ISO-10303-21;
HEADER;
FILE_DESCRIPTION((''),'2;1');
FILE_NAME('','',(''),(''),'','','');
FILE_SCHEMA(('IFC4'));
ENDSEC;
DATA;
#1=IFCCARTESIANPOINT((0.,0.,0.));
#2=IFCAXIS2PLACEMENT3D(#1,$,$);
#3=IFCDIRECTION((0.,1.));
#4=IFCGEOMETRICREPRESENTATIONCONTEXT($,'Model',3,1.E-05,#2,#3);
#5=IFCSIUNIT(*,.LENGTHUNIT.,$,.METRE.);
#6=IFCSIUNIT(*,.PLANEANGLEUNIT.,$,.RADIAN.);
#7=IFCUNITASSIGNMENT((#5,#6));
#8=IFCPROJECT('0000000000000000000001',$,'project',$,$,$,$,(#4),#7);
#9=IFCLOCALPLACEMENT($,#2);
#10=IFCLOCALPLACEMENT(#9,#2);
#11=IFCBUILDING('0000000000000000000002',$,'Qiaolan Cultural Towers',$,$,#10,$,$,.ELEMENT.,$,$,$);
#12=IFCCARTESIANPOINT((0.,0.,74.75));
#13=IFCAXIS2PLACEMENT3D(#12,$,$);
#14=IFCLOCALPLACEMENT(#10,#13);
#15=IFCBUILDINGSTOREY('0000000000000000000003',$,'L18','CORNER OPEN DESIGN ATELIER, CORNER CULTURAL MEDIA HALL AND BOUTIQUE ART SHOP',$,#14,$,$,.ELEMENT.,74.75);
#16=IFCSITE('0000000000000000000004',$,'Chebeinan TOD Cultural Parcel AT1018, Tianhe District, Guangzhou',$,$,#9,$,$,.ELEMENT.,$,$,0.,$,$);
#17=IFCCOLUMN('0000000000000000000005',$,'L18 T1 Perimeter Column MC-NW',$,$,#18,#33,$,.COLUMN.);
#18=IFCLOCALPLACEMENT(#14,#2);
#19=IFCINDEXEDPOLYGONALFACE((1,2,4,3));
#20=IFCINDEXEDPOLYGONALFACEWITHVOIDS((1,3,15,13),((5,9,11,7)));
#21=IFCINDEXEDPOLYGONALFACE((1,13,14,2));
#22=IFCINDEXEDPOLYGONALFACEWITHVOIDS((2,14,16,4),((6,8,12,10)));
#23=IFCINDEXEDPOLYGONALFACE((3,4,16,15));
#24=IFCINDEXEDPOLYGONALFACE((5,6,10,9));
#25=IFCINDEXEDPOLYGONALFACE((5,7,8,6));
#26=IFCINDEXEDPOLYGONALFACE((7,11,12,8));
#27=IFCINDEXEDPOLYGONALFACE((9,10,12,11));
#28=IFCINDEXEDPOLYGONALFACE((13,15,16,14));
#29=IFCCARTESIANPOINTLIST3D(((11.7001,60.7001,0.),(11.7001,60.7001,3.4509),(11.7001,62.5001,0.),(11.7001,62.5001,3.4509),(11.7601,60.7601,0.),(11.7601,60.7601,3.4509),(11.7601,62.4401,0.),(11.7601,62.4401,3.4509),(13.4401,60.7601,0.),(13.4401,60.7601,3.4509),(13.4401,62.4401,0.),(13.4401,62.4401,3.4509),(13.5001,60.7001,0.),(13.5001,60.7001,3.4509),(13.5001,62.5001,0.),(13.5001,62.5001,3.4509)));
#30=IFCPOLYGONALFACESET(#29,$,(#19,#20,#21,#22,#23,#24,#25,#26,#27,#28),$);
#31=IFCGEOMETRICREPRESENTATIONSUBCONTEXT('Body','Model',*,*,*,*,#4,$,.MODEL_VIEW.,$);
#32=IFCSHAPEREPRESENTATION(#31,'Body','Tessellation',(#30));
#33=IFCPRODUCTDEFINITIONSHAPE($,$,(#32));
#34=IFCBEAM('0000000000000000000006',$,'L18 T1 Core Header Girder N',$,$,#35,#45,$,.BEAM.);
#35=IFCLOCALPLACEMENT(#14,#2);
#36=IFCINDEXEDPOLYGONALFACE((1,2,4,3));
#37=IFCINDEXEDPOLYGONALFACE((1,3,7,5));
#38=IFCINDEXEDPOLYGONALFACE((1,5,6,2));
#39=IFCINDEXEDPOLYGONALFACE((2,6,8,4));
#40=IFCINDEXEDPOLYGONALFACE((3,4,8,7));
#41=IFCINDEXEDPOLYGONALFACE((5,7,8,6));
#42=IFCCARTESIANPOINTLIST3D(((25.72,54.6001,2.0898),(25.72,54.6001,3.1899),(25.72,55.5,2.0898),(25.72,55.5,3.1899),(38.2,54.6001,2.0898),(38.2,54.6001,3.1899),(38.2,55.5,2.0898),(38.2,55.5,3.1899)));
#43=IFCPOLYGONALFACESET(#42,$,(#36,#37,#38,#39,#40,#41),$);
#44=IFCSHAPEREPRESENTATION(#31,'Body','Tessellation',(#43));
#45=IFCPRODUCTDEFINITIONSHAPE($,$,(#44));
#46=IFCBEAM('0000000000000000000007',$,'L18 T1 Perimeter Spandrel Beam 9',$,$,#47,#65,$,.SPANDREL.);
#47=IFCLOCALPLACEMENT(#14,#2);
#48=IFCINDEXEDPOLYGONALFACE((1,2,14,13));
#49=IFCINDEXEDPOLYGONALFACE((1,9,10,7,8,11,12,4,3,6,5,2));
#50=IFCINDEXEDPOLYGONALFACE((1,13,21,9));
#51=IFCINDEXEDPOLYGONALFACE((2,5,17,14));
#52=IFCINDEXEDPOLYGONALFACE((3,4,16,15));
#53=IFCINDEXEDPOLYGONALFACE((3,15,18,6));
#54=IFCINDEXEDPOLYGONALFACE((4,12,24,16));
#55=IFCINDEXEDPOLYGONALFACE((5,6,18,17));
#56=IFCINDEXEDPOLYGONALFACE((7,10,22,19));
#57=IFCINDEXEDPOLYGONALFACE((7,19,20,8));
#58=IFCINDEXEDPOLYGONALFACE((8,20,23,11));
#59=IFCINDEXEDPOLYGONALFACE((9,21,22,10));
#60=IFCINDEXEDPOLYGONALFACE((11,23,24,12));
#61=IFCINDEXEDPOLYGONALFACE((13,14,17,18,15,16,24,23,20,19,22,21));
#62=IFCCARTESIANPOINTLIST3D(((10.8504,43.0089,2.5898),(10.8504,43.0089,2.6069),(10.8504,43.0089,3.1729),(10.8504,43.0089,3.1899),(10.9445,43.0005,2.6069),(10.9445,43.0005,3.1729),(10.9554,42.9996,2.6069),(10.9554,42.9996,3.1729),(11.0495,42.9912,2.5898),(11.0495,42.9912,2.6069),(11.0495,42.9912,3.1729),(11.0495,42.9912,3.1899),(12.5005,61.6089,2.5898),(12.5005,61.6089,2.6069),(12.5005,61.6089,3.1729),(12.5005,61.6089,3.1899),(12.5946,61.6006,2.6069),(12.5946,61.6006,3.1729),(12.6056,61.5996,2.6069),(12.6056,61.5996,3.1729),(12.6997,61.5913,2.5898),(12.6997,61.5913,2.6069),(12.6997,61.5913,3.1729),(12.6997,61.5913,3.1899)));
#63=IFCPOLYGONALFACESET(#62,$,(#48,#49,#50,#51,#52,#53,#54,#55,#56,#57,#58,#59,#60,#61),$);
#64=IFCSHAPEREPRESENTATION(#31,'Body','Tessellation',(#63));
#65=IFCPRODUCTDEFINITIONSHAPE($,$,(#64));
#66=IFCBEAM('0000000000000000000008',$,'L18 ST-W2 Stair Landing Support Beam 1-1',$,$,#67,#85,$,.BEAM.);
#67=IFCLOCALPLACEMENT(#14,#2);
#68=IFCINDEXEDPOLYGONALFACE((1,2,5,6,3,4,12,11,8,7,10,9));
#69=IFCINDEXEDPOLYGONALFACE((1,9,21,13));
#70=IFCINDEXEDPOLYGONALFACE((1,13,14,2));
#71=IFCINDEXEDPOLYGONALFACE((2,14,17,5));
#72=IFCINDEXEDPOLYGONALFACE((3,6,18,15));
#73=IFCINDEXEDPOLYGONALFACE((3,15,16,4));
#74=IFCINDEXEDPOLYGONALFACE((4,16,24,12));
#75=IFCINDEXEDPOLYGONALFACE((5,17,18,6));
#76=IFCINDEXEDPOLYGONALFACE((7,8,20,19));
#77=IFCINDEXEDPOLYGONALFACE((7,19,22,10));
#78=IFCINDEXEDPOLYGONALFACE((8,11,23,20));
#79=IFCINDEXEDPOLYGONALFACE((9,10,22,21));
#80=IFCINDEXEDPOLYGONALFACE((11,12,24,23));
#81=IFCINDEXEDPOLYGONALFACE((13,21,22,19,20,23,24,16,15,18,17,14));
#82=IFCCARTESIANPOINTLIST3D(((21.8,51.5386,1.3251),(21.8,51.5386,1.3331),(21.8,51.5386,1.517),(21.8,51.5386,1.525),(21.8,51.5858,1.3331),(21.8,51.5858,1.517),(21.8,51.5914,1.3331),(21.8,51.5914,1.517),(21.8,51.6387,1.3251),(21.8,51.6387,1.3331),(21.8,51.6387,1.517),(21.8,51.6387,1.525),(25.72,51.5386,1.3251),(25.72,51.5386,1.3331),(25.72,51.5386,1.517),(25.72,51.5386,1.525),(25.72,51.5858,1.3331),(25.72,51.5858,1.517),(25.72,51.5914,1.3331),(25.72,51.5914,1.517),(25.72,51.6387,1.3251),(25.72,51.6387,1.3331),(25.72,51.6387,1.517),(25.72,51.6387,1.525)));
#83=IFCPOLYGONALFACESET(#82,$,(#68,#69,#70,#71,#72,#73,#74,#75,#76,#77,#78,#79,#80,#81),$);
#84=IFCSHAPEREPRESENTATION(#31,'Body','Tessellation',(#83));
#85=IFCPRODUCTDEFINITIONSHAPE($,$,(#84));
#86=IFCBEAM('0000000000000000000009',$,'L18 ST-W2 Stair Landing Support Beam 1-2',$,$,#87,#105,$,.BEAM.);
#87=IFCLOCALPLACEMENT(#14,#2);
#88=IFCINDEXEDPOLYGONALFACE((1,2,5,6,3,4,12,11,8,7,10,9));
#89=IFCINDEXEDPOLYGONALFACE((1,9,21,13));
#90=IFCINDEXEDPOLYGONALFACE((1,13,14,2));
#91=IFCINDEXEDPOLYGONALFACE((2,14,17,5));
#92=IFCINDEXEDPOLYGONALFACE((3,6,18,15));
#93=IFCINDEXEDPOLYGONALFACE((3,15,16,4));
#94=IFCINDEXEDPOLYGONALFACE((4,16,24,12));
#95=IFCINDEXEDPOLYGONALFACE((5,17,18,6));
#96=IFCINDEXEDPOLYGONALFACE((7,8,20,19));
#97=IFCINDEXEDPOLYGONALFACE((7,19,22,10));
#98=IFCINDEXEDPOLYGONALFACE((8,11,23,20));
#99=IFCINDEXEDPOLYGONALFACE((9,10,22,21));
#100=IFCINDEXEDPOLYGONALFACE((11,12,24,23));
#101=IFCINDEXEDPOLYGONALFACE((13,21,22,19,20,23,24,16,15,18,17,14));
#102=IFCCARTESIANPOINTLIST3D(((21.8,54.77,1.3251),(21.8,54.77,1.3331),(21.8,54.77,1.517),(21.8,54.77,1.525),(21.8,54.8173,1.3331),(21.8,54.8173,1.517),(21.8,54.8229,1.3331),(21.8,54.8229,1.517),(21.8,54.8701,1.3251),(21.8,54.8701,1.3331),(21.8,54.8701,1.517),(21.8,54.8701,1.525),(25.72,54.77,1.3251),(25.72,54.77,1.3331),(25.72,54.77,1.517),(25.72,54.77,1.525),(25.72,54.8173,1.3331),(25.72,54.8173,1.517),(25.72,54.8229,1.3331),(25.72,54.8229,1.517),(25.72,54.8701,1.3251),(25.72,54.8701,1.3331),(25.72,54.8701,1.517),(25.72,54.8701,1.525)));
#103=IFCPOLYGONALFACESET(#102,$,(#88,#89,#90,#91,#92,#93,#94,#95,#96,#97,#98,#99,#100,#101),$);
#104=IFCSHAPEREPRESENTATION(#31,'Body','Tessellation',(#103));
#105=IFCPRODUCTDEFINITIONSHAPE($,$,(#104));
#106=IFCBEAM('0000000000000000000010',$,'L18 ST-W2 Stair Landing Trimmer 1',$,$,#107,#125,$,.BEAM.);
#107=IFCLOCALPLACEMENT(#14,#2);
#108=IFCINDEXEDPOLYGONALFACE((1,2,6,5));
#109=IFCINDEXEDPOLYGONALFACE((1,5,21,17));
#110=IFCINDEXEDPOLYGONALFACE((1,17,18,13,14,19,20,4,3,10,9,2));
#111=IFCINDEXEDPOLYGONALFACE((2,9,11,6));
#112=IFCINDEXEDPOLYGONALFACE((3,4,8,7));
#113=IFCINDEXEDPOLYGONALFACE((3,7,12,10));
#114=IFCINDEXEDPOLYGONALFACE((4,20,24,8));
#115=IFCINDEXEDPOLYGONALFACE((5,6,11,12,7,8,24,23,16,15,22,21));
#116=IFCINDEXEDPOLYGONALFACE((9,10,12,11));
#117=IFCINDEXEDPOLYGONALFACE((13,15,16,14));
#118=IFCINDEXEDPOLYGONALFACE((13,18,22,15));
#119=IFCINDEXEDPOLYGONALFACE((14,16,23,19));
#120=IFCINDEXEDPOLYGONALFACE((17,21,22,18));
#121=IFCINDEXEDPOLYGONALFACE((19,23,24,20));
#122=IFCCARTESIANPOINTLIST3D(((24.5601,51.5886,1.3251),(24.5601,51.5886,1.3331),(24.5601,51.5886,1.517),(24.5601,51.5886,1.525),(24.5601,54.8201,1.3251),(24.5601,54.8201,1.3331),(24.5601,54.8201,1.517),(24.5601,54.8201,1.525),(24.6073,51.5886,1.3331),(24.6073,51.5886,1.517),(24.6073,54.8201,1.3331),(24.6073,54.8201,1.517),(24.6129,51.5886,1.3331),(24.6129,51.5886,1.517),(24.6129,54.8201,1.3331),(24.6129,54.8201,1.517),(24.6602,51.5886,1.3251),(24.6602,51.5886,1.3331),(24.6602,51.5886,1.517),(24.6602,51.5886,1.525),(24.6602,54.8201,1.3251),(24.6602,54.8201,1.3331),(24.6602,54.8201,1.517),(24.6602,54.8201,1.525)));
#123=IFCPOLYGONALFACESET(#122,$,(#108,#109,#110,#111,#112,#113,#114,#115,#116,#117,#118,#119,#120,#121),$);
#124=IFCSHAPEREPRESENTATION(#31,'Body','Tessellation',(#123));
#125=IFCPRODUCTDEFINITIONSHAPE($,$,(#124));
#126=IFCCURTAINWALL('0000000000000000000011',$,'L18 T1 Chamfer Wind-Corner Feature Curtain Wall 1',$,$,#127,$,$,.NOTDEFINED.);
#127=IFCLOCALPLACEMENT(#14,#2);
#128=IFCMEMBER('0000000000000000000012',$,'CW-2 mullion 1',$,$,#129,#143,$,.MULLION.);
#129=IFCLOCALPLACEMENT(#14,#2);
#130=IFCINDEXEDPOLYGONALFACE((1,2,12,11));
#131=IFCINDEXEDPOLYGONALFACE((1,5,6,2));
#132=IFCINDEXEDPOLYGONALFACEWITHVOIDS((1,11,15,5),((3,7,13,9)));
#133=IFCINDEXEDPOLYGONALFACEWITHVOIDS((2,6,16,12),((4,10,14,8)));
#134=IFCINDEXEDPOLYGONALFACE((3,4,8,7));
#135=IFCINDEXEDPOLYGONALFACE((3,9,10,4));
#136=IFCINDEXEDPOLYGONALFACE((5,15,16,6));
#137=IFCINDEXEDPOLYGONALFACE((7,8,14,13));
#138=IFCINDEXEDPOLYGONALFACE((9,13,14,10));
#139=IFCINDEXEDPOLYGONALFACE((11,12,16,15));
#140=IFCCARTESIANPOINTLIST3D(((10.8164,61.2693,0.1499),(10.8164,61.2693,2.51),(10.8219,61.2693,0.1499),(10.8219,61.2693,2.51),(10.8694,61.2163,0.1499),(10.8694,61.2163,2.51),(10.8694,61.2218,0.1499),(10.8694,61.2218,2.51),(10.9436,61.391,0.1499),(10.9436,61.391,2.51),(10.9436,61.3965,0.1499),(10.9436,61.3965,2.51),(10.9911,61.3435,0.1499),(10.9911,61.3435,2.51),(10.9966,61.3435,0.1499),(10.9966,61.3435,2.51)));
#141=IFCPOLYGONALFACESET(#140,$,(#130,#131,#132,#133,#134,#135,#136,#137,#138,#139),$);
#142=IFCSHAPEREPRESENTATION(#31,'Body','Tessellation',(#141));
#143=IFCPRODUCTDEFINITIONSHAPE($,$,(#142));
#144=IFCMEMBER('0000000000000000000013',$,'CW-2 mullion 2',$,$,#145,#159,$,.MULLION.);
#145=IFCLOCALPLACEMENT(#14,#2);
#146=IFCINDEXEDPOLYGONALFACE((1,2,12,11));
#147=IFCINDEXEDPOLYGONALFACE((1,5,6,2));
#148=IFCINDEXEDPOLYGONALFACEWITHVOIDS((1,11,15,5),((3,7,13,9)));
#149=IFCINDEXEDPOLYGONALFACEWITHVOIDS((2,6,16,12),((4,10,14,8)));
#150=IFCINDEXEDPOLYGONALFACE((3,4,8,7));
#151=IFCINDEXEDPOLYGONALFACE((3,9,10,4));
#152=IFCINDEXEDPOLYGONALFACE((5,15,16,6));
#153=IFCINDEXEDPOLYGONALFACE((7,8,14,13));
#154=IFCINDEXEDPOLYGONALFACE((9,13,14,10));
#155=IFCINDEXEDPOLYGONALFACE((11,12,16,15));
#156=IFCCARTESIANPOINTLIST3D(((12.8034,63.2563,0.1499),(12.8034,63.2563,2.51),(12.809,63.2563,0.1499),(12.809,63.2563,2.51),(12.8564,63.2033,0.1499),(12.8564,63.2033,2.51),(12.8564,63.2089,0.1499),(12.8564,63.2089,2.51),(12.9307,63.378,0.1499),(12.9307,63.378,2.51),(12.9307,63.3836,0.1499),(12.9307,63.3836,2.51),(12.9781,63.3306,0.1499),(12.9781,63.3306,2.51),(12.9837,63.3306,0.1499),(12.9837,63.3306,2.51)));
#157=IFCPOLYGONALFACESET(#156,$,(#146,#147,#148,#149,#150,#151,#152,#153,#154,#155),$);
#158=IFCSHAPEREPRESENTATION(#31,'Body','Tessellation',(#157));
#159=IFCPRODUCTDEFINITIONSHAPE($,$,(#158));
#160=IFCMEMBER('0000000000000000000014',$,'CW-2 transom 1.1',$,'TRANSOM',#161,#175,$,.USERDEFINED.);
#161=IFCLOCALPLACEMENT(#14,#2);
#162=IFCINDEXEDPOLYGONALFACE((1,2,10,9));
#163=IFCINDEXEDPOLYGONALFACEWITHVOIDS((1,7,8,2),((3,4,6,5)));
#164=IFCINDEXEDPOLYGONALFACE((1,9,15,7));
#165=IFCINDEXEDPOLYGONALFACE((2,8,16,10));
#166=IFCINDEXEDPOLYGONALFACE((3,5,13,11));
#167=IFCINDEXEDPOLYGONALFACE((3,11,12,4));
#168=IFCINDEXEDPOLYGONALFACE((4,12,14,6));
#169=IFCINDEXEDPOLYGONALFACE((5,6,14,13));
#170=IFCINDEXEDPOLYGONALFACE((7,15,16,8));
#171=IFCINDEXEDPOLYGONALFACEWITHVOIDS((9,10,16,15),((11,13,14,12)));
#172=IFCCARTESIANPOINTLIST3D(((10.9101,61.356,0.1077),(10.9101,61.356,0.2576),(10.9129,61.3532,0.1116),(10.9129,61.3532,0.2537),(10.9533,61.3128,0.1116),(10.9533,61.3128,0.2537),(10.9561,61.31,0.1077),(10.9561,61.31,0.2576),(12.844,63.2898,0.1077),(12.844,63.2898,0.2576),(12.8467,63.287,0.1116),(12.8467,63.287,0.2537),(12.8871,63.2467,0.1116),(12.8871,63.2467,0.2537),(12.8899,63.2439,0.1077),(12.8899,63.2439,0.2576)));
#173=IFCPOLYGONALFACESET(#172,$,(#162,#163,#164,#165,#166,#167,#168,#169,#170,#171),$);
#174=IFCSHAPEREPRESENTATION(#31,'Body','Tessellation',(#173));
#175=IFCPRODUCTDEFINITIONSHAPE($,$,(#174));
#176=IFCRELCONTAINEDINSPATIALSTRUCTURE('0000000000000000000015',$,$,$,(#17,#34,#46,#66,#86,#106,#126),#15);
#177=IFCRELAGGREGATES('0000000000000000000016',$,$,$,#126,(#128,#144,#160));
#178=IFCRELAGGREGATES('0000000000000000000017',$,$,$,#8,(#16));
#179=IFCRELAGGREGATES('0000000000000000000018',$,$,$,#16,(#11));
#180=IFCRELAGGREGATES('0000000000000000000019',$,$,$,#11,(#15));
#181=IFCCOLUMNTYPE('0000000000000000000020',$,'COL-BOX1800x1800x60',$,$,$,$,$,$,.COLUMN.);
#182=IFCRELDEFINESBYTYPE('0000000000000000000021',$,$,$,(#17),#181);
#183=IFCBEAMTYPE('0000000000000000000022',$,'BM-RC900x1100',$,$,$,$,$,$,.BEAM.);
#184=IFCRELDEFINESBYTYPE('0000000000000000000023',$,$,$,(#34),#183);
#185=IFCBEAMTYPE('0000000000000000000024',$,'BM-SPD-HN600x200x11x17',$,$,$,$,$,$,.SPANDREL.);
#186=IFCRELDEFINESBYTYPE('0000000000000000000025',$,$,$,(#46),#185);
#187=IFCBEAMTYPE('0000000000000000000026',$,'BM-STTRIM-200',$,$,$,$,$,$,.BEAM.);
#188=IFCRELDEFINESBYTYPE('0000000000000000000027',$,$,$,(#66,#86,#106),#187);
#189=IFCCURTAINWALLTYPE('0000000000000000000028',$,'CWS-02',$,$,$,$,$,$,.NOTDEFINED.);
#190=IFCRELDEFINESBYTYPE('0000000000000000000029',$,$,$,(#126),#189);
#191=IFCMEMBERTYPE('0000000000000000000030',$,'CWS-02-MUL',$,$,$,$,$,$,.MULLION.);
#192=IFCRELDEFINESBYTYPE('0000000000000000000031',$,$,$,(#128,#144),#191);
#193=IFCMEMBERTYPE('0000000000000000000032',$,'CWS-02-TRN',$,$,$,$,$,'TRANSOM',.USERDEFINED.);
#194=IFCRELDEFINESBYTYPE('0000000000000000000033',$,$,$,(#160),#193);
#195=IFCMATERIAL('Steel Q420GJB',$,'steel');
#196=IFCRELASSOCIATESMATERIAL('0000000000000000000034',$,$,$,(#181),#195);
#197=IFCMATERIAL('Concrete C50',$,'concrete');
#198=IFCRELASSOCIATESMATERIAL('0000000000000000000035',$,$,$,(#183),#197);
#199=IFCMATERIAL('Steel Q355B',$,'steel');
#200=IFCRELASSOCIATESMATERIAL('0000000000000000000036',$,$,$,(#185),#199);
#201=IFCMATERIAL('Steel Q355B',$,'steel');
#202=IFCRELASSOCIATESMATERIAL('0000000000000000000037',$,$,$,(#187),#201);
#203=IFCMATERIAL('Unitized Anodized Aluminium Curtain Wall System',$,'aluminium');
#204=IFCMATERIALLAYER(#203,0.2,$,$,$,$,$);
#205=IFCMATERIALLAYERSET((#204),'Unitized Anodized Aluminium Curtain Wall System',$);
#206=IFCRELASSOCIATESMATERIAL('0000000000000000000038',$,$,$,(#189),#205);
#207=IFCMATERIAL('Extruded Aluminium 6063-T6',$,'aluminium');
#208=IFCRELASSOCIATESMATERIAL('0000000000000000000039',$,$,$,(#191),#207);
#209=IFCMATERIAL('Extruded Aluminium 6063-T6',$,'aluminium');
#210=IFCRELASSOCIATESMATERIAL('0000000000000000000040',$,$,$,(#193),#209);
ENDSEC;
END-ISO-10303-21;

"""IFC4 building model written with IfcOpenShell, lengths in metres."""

from ifc_helpers import new_model, si_unit, direction, frame, origin, origin_2d, place, context, subcontext, project, spatial, rectangle, hollow_rectangle, i_section, extrude, material, layer, layer_set, material_profile, profile_set, type_object, element, aggregate, save


model = new_model("IFC4")

# Units and contexts
model_context = context("Model", 3, precision=1e-05, world=origin(), true_north=direction((0.0, 1.0)))
body_context = subcontext(model_context, "Body", "Model", "MODEL_VIEW")
ifc_project = project(units=[si_unit("LENGTHUNIT", "METRE"), si_unit("PLANEANGLEUNIT", "RADIAN")], contexts=[model_context])

# Site, building, storey
site_placement = place(None, origin())
site = spatial("IfcSite", under=ifc_project, at=site_placement, Name="Chebeinan TOD Cultural Parcel AT1018, Tianhe District, Guangzhou", CompositionType="ELEMENT", RefElevation=0.0)
building_placement = place(site_placement, origin())
building = spatial("IfcBuilding", under=site, at=building_placement, Name="Qiaolan Cultural Towers", CompositionType="ELEMENT")
storey_placement = place(building_placement, frame((0.0, 0.0, 74.75)))
storey = spatial("IfcBuildingStorey", under=building, at=storey_placement, Name="L18", Description="CORNER OPEN DESIGN ATELIER, CORNER CULTURAL MEDIA HALL AND BOUTIQUE ART SHOP", CompositionType="ELEMENT", Elevation=74.75)

# Column
ifc_material_1 = material(Name="Steel Q420GJB", Category="steel")
ifc_material_profile_1 = material_profile(ifc_material_1, hollow_rectangle(XDim=1.8, YDim=1.8, WallThickness=0.0601, at=origin_2d()), Name="BOX1800x1800x60")
ifc_profile_set_1 = profile_set([ifc_material_profile_1], Name="Steel Q420GJB")
column_type = type_object("IfcColumnType", Name="COL-BOX1800x1800x60", PredefinedType="COLUMN", material=ifc_profile_set_1)
column_placement = place(storey_placement, frame((12.6001, 61.6001, 0.0), z_axis=(0.0, 0.0, 1.0), x_axis=(1.0, 0.0, 0.0)))
element("IfcColumn", 1, at=column_placement, inside=storey, type_object=column_type, Name="L18 T1 Perimeter Column MC-NW", PredefinedType="COLUMN", context=body_context, shape_type="SweptSolid", body=[
    extrude(hollow_rectangle(XDim=1.8, YDim=1.8, WallThickness=0.0601, at=origin_2d()), origin(), (0.0, 0.0, 1.0), 3.4509),
])

# Beams
ifc_material_2 = material(Name="Concrete C50", Category="concrete")
ifc_material_profile_2 = material_profile(ifc_material_2, rectangle(XDim=0.8999, YDim=1.1001, at=origin_2d()), Name="RC900x1100")
ifc_profile_set_2 = profile_set([ifc_material_profile_2], Name="Concrete C50")
beam_type_1 = type_object("IfcBeamType", Name="BM-RC900x1100", PredefinedType="BEAM", material=ifc_profile_set_2)
beam_1_placement = place(storey_placement, frame((25.72, 55.05, 2.6399), z_axis=(1.0, 0.0, 0.0), x_axis=(0.0, 1.0, 0.0)))
element("IfcBeam", 2, at=beam_1_placement, inside=storey, type_object=beam_type_1, Name="L18 T1 Core Header Girder N", PredefinedType="BEAM", context=body_context, shape_type="SweptSolid", body=[
    extrude(rectangle(XDim=0.8999, YDim=1.1001, at=origin_2d()), origin(), (0.0, 0.0, 1.0), 12.48),
])
ifc_material_3 = material(Name="Steel Q355B", Category="steel")
ifc_material_profile_3 = material_profile(ifc_material_3, i_section(OverallWidth=0.2, OverallDepth=0.6001, WebThickness=0.011, FlangeThickness=0.0171, at=origin_2d()), Name="HN600x200x11x17")
ifc_profile_set_3 = profile_set([ifc_material_profile_3], Name="Steel Q355B")
beam_type_2 = type_object("IfcBeamType", Name="BM-SPD-HN600x200x11x17", PredefinedType="SPANDREL", material=ifc_profile_set_3)
beam_2_placement = place(storey_placement, frame((12.6001, 61.6001, 2.8899), z_axis=(-0.08837, -0.996088, 0.0), x_axis=(0.996088, -0.08837, 0.0)))
element("IfcBeam", 3, at=beam_2_placement, inside=storey, type_object=beam_type_2, Name="L18 T1 Perimeter Spandrel Beam 9", PredefinedType="SPANDREL", context=body_context, shape_type="SweptSolid", body=[
    extrude(i_section(OverallWidth=0.2, OverallDepth=0.6001, WebThickness=0.011, FlangeThickness=0.0171, at=origin_2d()), origin(), (0.0, 0.0, 1.0), 18.6731),
])
ifc_material_4 = material(Name="Steel Q355B", Category="steel")
ifc_material_profile_4 = material_profile(ifc_material_4, i_section(OverallWidth=0.1001, OverallDepth=0.2, WebThickness=0.0056, FlangeThickness=0.0081, at=origin_2d()), Name="HN200x100x5.5x8")
ifc_profile_set_4 = profile_set([ifc_material_profile_4], Name="Steel Q355B")
beam_type_3 = type_object("IfcBeamType", Name="BM-STTRIM-200", PredefinedType="BEAM", material=ifc_profile_set_4)
for number, where, z_axis, x_axis, name in (
    (4, (21.8, 51.5886, 1.425), (1.0, 0.0, 0.0), (0.0, 1.0, 0.0), "L18 ST-W2 Stair Landing Support Beam 1-1"),
    (5, (21.8, 54.8201, 1.425), (1.0, 0.0, 0.0), (0.0, 1.0, 0.0), "L18 ST-W2 Stair Landing Support Beam 1-2"),
):
    element("IfcBeam", number, at=place(storey_placement, frame(where, z_axis=z_axis, x_axis=x_axis)), inside=storey, type_object=beam_type_3, Name=name, PredefinedType="BEAM", context=body_context, shape_type="SweptSolid", body=[
        extrude(i_section(OverallWidth=0.1001, OverallDepth=0.2, WebThickness=0.0056, FlangeThickness=0.0081, at=origin_2d()), origin(), (0.0, 0.0, 1.0), 3.9199),
    ])
beam_3_placement = place(storey_placement, frame((24.6101, 51.5886, 1.425), z_axis=(0.0, 1.0, 0.0), x_axis=(-1.0, 0.0, 0.0)))
element("IfcBeam", 6, at=beam_3_placement, inside=storey, type_object=beam_type_3, Name="L18 ST-W2 Stair Landing Trimmer 1", PredefinedType="BEAM", context=body_context, shape_type="SweptSolid", body=[
    extrude(i_section(OverallWidth=0.1001, OverallDepth=0.2, WebThickness=0.0056, FlangeThickness=0.0081, at=origin_2d()), origin(), (0.0, 0.0, 1.0), 3.2314),
])

# Curtain wall, members
ifc_material_5 = material(Name="Unitized Anodized Aluminium Curtain Wall System", Category="aluminium")
ifc_layer_1 = layer(ifc_material_5, 0.2)
ifc_layer_set_1 = layer_set([ifc_layer_1], Name="Unitized Anodized Aluminium Curtain Wall System")
curtain_wall_type = type_object("IfcCurtainWallType", Name="CWS-02", PredefinedType="NOTDEFINED", material=ifc_layer_set_1)
curtain_wall_placement = place(storey_placement, origin())
curtain_wall = element("IfcCurtainWall", 7, at=curtain_wall_placement, inside=storey, type_object=curtain_wall_type, Name="L18 T1 Chamfer Wind-Corner Feature Curtain Wall 1", PredefinedType="NOTDEFINED")
ifc_material_6 = material(Name="Extruded Aluminium 6063-T6", Category="aluminium")
ifc_material_profile_5 = material_profile(ifc_material_6, hollow_rectangle(XDim=0.075, YDim=0.1799, WallThickness=0.0039, at=origin_2d()), Name="CWM-180x75x4")
ifc_profile_set_5 = profile_set([ifc_material_profile_5], Name="Extruded Aluminium 6063-T6")
member_type_1 = type_object("IfcMemberType", Name="CWS-02-MUL", PredefinedType="MULLION", material=ifc_profile_set_5)
member_1_placement = place(storey_placement, frame((10.9065, 61.3064, 0.1499), z_axis=(0.0, 0.0, 1.0), x_axis=(-0.707107, 0.707107, 0.0)))
member_1 = element("IfcMember", 8, at=member_1_placement, type_object=member_type_1, Name="CW-2 mullion 1", PredefinedType="MULLION", context=body_context, shape_type="SweptSolid", body=[
    extrude(hollow_rectangle(XDim=0.075, YDim=0.1799, WallThickness=0.0039, at=origin_2d()), origin(), (0.0, 0.0, 1.0), 2.3601),
])
member_2_placement = place(storey_placement, frame((12.8936, 63.2935, 0.1499), z_axis=(0.0, 0.0, 1.0), x_axis=(-0.707107, 0.707107, 0.0)))
member_2 = element("IfcMember", 9, at=member_2_placement, type_object=member_type_1, Name="CW-2 mullion 2", PredefinedType="MULLION", context=body_context, shape_type="SweptSolid", body=[
    extrude(hollow_rectangle(XDim=0.075, YDim=0.1799, WallThickness=0.0039, at=origin_2d()), origin(), (0.0, 0.0, 1.0), 2.3601),
])
ifc_material_7 = material(Name="Extruded Aluminium 6063-T6", Category="aluminium")
ifc_material_profile_6 = material_profile(ifc_material_7, hollow_rectangle(XDim=0.0649, YDim=0.1499, WallThickness=0.0039, at=origin_2d()), Name="CWT-150x65x4")
ifc_profile_set_6 = profile_set([ifc_material_profile_6], Name="Extruded Aluminium 6063-T6")
member_type_2 = type_object("IfcMemberType", Name="CWS-02-TRN", ElementType="TRANSOM", PredefinedType="USERDEFINED", material=ifc_profile_set_6)
member_3_placement = place(storey_placement, frame((10.9331, 61.333, 0.1826), z_axis=(0.707107, 0.707107, 0.0), x_axis=(-0.707107, 0.707107, 0.0)))
member_3 = element("IfcMember", 10, at=member_3_placement, type_object=member_type_2, Name="CW-2 transom 1.1", ObjectType="TRANSOM", PredefinedType="USERDEFINED", context=body_context, shape_type="SweptSolid", body=[
    extrude(hollow_rectangle(XDim=0.0649, YDim=0.1499, WallThickness=0.0039, at=origin_2d()), origin(), (0.0, 0.0, 1.0), 2.7349),
])
aggregate(curtain_wall, [member_1, member_2, member_3])

save(model, "model.ifc")
